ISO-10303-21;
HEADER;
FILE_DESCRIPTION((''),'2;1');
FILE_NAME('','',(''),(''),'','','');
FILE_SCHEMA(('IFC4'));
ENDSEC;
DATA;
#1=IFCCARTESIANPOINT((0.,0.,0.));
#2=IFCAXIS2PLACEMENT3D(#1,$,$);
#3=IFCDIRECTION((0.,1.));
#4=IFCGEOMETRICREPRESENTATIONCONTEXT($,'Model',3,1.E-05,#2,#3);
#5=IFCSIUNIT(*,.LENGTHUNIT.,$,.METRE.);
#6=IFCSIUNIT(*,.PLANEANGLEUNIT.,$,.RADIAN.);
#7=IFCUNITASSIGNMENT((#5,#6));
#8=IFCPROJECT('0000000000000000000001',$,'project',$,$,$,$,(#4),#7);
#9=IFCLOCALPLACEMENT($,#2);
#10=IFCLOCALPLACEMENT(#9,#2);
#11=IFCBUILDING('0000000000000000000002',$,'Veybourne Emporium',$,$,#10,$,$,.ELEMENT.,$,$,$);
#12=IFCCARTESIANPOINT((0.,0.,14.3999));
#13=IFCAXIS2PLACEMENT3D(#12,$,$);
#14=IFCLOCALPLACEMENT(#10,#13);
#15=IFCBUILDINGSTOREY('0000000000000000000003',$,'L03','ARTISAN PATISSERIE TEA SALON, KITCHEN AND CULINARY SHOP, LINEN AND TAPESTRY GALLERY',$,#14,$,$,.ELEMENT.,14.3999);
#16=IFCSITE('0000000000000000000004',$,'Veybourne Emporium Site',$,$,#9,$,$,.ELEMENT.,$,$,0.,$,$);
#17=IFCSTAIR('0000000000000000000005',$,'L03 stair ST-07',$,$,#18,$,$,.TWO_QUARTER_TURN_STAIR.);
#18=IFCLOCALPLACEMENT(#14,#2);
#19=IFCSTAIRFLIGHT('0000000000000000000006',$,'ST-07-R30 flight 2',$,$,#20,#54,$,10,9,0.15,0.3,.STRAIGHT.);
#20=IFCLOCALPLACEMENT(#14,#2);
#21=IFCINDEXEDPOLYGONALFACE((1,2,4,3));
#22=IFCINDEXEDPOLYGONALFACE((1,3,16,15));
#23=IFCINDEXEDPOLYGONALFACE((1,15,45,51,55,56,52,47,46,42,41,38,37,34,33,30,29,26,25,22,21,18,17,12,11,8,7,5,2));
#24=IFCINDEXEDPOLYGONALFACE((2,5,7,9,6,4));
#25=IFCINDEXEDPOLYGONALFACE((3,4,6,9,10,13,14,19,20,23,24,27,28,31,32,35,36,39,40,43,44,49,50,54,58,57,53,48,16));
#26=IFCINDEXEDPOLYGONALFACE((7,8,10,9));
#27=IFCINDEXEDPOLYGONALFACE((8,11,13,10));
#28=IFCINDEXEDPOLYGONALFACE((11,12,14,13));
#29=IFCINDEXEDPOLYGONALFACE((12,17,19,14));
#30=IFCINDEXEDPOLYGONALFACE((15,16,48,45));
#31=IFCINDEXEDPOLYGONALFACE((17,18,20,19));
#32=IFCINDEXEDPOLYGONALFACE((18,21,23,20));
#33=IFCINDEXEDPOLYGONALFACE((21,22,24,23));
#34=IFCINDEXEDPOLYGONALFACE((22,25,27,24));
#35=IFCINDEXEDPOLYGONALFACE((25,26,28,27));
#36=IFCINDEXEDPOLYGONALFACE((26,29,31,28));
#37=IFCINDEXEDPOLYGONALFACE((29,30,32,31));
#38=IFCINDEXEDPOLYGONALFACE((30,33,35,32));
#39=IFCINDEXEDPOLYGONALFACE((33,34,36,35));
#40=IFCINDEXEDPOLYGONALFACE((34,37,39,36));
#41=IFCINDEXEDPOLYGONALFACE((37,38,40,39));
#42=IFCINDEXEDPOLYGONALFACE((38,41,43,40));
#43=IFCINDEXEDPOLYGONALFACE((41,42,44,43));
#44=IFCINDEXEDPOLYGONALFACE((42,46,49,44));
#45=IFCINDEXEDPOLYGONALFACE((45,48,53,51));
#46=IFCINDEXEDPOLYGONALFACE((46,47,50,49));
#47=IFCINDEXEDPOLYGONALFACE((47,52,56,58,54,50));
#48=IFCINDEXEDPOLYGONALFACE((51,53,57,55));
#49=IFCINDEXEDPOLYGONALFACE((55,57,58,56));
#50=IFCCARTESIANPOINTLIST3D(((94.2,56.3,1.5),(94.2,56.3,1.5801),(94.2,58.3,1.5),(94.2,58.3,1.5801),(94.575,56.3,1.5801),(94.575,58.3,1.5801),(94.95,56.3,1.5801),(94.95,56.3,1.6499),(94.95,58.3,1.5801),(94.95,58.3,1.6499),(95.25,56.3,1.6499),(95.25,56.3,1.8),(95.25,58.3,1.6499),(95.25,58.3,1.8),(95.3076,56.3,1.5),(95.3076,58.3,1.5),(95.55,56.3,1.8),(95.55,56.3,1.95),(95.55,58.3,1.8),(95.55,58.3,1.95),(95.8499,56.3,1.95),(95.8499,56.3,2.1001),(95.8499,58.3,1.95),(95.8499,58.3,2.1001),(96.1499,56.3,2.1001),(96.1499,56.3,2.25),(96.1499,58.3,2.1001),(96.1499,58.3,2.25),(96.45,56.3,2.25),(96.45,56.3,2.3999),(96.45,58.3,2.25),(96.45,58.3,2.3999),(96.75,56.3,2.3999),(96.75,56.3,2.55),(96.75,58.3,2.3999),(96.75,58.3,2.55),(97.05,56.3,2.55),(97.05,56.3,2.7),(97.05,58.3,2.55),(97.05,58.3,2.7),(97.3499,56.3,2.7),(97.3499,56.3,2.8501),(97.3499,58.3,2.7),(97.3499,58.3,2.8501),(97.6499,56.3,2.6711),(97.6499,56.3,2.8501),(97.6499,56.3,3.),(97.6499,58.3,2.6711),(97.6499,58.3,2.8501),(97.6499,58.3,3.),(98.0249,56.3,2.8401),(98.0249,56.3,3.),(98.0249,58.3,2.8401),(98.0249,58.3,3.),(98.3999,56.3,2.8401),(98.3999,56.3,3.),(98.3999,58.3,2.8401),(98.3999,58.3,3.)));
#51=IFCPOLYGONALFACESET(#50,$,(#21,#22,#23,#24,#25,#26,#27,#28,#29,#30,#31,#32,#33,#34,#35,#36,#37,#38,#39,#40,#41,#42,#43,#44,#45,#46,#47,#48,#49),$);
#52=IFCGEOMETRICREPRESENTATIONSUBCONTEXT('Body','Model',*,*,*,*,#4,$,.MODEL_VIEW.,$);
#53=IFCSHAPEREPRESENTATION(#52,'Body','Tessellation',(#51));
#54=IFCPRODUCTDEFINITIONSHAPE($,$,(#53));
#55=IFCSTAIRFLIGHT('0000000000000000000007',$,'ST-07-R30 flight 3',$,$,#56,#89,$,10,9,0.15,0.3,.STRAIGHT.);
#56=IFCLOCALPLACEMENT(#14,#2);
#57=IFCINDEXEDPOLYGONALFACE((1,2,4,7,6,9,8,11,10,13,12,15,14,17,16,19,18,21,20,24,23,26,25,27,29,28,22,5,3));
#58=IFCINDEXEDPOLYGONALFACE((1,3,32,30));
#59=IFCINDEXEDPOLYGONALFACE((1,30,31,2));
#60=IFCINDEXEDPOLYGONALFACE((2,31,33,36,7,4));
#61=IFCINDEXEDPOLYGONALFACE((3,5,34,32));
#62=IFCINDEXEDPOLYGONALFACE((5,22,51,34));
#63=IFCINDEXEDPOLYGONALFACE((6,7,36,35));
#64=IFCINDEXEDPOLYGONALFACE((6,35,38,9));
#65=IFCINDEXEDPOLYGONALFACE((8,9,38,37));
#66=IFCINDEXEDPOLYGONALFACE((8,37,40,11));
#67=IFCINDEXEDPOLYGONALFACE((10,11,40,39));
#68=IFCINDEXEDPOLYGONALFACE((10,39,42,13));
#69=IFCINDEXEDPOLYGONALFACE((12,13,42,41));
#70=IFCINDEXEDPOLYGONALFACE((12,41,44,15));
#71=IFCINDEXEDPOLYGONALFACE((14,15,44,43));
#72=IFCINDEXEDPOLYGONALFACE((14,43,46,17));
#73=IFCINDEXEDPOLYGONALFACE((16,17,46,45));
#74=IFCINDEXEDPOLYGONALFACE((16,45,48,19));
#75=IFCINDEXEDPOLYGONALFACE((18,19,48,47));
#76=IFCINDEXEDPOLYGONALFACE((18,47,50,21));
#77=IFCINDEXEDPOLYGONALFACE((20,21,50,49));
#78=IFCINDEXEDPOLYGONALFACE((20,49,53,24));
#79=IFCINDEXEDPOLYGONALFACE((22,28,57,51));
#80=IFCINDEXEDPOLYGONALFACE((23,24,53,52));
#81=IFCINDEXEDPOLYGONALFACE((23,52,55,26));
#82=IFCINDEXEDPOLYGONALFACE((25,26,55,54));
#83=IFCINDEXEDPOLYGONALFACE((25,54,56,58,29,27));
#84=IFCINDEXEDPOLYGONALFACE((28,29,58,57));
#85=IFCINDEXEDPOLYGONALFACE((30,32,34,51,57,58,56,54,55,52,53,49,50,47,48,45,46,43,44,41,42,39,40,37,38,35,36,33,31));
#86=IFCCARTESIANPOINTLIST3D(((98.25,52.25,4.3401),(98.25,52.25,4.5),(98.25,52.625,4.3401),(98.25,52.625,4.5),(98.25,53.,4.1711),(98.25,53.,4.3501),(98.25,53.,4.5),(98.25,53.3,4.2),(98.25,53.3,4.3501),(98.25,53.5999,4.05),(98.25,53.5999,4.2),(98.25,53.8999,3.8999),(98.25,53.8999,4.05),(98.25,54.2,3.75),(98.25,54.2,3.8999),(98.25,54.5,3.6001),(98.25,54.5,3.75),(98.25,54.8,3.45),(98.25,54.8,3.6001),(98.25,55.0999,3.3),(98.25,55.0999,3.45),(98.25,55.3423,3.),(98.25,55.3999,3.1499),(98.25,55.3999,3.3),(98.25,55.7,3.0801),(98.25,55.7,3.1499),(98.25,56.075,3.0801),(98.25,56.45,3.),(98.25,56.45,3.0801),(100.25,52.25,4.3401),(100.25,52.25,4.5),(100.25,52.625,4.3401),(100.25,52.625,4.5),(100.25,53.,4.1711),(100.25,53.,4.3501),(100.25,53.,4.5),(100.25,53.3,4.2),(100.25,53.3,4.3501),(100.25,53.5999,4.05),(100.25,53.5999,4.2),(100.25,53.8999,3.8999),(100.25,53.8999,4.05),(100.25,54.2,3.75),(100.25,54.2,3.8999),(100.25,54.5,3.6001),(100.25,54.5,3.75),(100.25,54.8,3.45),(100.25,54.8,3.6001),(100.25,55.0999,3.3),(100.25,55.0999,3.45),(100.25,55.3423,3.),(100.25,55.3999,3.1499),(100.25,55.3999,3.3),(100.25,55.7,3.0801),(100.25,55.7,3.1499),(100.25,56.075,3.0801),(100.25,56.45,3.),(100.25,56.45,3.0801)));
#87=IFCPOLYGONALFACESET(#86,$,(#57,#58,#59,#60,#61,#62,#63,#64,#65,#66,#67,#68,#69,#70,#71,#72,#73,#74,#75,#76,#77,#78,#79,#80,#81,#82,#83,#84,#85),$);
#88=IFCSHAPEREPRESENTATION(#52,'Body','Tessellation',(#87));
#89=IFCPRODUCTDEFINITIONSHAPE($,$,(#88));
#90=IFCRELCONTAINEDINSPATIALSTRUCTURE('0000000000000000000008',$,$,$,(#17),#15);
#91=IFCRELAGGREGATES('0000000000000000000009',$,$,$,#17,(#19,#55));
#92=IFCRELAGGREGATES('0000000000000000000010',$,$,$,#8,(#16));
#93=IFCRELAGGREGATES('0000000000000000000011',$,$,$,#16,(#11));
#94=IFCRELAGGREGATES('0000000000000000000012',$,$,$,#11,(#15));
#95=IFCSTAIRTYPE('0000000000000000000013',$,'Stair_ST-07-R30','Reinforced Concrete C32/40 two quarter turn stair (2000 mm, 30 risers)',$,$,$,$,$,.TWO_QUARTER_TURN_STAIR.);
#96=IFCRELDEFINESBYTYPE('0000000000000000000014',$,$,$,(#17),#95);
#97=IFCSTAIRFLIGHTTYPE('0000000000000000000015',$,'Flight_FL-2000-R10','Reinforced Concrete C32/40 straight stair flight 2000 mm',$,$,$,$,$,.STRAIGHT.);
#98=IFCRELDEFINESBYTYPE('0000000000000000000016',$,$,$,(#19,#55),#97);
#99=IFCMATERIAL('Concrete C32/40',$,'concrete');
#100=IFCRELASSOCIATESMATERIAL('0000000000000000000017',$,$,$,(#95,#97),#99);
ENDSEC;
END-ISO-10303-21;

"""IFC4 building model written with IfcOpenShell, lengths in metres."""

from ifc_helpers import new_model, si_unit, direction, frame, origin, place, context, subcontext, project, spatial, polyline, outline, extrude, material, type_object, element, aggregate, save


model = new_model("IFC4")

# Units and contexts
model_context = context("Model", 3, precision=1e-05, world=origin(), true_north=direction((0.0, 1.0)))
body_context = subcontext(model_context, "Body", "Model", "MODEL_VIEW")
ifc_project = project(units=[si_unit("LENGTHUNIT", "METRE"), si_unit("PLANEANGLEUNIT", "RADIAN")], contexts=[model_context])

# Site, building, storey
site_placement = place(None, origin())
site = spatial("IfcSite", under=ifc_project, at=site_placement, Name="Veybourne Emporium Site", CompositionType="ELEMENT", RefElevation=0.0)
building_placement = place(site_placement, origin())
building = spatial("IfcBuilding", under=site, at=building_placement, Name="Veybourne Emporium", CompositionType="ELEMENT")
storey_placement = place(building_placement, frame((0.0, 0.0, 14.3999)))
storey = spatial("IfcBuildingStorey", under=building, at=storey_placement, Name="L03", Description="ARTISAN PATISSERIE TEA SALON, KITCHEN AND CULINARY SHOP, LINEN AND TAPESTRY GALLERY", CompositionType="ELEMENT", Elevation=14.3999)

# Shared definitions
ifc_material_1 = material(Name="Concrete C32/40", Category="concrete")

# Stair, stair flights
stair_type = type_object("IfcStairType", Name="Stair_ST-07-R30", Description="Reinforced Concrete C32/40 two quarter turn stair (2000 mm, 30 risers)", PredefinedType="TWO_QUARTER_TURN_STAIR", material=ifc_material_1)
stair_placement = place(storey_placement, origin())
stair = element("IfcStair", 1, at=stair_placement, inside=storey, type_object=stair_type, Name="L03 stair ST-07", PredefinedType="TWO_QUARTER_TURN_STAIR")
stair_flight_type = type_object("IfcStairFlightType", Name="Flight_FL-2000-R10", Description="Reinforced Concrete C32/40 straight stair flight 2000 mm", PredefinedType="STRAIGHT", material=ifc_material_1)
stair_flight_1_placement = place(storey_placement, frame((94.95, 57.3, 1.5), z_axis=(0.0, 0.0, 1.0), x_axis=(1.0, 0.0, 0.0)))
stair_flight_1 = element("IfcStairFlight", 2, at=stair_flight_1_placement, type_object=stair_flight_type, Name="ST-07-R30 flight 2", NumberOfRisers=10, NumberOfTreads=9, PredefinedType="STRAIGHT", RiserHeight=0.15, TreadLength=0.3, context=body_context, shape_type="SweptSolid", body=[
    extrude(outline(polyline([(-0.75, 0.0), (-0.75, 0.0801), (-0.375, 0.0801), (0.0, 0.0801), (0.0, 0.1499), (0.3, 0.1499), (0.3, 0.3), (0.6001, 0.3), (0.6001, 0.45), (0.8999, 0.45), (0.8999, 0.6001), (1.2, 0.6001), (1.2, 0.75), (1.5, 0.75), (1.5, 0.8999), (1.8, 0.8999), (1.8, 1.05), (2.1001, 1.05), (2.1001, 1.2), (2.3999, 1.2), (2.3999, 1.3501), (2.7, 1.3501), (2.7, 1.5), (3.075, 1.5), (3.45, 1.5), (3.45, 1.3401), (3.075, 1.3401), (2.7, 1.1711), (0.3577, 0.0), (-0.75, 0.0)])), frame((0.0, 1.0, 0.0), z_axis=(0.0, -1.0, 0.0), x_axis=(1.0, 0.0, 0.0)), (0.0, 0.0, 1.0), 2.0),
])
stair_flight_2_placement = place(storey_placement, frame((99.25, 55.7, 3.0), z_axis=(0.0, 0.0, 1.0), x_axis=(0.0, -1.0, 0.0)))
stair_flight_2 = element("IfcStairFlight", 3, at=stair_flight_2_placement, type_object=stair_flight_type, Name="ST-07-R30 flight 3", NumberOfRisers=10, NumberOfTreads=9, PredefinedType="STRAIGHT", RiserHeight=0.15, TreadLength=0.3, context=body_context, shape_type="SweptSolid", body=[
    extrude(outline(polyline([(-0.75, 0.0), (-0.75, 0.0801), (-0.375, 0.0801), (0.0, 0.0801), (0.0, 0.1499), (0.3, 0.1499), (0.3, 0.3), (0.6001, 0.3), (0.6001, 0.45), (0.8999, 0.45), (0.8999, 0.6001), (1.2, 0.6001), (1.2, 0.75), (1.5, 0.75), (1.5, 0.8999), (1.8, 0.8999), (1.8, 1.05), (2.1001, 1.05), (2.1001, 1.2), (2.3999, 1.2), (2.3999, 1.3501), (2.7, 1.3501), (2.7, 1.5), (3.075, 1.5), (3.45, 1.5), (3.45, 1.3401), (3.075, 1.3401), (2.7, 1.1711), (0.3577, 0.0), (-0.75, 0.0)])), frame((0.0, 1.0, 0.0), z_axis=(0.0, -1.0, 0.0), x_axis=(1.0, 0.0, 0.0)), (0.0, 0.0, 1.0), 2.0),
])
aggregate(stair, [stair_flight_1, stair_flight_2])

save(model, "model.ifc")
